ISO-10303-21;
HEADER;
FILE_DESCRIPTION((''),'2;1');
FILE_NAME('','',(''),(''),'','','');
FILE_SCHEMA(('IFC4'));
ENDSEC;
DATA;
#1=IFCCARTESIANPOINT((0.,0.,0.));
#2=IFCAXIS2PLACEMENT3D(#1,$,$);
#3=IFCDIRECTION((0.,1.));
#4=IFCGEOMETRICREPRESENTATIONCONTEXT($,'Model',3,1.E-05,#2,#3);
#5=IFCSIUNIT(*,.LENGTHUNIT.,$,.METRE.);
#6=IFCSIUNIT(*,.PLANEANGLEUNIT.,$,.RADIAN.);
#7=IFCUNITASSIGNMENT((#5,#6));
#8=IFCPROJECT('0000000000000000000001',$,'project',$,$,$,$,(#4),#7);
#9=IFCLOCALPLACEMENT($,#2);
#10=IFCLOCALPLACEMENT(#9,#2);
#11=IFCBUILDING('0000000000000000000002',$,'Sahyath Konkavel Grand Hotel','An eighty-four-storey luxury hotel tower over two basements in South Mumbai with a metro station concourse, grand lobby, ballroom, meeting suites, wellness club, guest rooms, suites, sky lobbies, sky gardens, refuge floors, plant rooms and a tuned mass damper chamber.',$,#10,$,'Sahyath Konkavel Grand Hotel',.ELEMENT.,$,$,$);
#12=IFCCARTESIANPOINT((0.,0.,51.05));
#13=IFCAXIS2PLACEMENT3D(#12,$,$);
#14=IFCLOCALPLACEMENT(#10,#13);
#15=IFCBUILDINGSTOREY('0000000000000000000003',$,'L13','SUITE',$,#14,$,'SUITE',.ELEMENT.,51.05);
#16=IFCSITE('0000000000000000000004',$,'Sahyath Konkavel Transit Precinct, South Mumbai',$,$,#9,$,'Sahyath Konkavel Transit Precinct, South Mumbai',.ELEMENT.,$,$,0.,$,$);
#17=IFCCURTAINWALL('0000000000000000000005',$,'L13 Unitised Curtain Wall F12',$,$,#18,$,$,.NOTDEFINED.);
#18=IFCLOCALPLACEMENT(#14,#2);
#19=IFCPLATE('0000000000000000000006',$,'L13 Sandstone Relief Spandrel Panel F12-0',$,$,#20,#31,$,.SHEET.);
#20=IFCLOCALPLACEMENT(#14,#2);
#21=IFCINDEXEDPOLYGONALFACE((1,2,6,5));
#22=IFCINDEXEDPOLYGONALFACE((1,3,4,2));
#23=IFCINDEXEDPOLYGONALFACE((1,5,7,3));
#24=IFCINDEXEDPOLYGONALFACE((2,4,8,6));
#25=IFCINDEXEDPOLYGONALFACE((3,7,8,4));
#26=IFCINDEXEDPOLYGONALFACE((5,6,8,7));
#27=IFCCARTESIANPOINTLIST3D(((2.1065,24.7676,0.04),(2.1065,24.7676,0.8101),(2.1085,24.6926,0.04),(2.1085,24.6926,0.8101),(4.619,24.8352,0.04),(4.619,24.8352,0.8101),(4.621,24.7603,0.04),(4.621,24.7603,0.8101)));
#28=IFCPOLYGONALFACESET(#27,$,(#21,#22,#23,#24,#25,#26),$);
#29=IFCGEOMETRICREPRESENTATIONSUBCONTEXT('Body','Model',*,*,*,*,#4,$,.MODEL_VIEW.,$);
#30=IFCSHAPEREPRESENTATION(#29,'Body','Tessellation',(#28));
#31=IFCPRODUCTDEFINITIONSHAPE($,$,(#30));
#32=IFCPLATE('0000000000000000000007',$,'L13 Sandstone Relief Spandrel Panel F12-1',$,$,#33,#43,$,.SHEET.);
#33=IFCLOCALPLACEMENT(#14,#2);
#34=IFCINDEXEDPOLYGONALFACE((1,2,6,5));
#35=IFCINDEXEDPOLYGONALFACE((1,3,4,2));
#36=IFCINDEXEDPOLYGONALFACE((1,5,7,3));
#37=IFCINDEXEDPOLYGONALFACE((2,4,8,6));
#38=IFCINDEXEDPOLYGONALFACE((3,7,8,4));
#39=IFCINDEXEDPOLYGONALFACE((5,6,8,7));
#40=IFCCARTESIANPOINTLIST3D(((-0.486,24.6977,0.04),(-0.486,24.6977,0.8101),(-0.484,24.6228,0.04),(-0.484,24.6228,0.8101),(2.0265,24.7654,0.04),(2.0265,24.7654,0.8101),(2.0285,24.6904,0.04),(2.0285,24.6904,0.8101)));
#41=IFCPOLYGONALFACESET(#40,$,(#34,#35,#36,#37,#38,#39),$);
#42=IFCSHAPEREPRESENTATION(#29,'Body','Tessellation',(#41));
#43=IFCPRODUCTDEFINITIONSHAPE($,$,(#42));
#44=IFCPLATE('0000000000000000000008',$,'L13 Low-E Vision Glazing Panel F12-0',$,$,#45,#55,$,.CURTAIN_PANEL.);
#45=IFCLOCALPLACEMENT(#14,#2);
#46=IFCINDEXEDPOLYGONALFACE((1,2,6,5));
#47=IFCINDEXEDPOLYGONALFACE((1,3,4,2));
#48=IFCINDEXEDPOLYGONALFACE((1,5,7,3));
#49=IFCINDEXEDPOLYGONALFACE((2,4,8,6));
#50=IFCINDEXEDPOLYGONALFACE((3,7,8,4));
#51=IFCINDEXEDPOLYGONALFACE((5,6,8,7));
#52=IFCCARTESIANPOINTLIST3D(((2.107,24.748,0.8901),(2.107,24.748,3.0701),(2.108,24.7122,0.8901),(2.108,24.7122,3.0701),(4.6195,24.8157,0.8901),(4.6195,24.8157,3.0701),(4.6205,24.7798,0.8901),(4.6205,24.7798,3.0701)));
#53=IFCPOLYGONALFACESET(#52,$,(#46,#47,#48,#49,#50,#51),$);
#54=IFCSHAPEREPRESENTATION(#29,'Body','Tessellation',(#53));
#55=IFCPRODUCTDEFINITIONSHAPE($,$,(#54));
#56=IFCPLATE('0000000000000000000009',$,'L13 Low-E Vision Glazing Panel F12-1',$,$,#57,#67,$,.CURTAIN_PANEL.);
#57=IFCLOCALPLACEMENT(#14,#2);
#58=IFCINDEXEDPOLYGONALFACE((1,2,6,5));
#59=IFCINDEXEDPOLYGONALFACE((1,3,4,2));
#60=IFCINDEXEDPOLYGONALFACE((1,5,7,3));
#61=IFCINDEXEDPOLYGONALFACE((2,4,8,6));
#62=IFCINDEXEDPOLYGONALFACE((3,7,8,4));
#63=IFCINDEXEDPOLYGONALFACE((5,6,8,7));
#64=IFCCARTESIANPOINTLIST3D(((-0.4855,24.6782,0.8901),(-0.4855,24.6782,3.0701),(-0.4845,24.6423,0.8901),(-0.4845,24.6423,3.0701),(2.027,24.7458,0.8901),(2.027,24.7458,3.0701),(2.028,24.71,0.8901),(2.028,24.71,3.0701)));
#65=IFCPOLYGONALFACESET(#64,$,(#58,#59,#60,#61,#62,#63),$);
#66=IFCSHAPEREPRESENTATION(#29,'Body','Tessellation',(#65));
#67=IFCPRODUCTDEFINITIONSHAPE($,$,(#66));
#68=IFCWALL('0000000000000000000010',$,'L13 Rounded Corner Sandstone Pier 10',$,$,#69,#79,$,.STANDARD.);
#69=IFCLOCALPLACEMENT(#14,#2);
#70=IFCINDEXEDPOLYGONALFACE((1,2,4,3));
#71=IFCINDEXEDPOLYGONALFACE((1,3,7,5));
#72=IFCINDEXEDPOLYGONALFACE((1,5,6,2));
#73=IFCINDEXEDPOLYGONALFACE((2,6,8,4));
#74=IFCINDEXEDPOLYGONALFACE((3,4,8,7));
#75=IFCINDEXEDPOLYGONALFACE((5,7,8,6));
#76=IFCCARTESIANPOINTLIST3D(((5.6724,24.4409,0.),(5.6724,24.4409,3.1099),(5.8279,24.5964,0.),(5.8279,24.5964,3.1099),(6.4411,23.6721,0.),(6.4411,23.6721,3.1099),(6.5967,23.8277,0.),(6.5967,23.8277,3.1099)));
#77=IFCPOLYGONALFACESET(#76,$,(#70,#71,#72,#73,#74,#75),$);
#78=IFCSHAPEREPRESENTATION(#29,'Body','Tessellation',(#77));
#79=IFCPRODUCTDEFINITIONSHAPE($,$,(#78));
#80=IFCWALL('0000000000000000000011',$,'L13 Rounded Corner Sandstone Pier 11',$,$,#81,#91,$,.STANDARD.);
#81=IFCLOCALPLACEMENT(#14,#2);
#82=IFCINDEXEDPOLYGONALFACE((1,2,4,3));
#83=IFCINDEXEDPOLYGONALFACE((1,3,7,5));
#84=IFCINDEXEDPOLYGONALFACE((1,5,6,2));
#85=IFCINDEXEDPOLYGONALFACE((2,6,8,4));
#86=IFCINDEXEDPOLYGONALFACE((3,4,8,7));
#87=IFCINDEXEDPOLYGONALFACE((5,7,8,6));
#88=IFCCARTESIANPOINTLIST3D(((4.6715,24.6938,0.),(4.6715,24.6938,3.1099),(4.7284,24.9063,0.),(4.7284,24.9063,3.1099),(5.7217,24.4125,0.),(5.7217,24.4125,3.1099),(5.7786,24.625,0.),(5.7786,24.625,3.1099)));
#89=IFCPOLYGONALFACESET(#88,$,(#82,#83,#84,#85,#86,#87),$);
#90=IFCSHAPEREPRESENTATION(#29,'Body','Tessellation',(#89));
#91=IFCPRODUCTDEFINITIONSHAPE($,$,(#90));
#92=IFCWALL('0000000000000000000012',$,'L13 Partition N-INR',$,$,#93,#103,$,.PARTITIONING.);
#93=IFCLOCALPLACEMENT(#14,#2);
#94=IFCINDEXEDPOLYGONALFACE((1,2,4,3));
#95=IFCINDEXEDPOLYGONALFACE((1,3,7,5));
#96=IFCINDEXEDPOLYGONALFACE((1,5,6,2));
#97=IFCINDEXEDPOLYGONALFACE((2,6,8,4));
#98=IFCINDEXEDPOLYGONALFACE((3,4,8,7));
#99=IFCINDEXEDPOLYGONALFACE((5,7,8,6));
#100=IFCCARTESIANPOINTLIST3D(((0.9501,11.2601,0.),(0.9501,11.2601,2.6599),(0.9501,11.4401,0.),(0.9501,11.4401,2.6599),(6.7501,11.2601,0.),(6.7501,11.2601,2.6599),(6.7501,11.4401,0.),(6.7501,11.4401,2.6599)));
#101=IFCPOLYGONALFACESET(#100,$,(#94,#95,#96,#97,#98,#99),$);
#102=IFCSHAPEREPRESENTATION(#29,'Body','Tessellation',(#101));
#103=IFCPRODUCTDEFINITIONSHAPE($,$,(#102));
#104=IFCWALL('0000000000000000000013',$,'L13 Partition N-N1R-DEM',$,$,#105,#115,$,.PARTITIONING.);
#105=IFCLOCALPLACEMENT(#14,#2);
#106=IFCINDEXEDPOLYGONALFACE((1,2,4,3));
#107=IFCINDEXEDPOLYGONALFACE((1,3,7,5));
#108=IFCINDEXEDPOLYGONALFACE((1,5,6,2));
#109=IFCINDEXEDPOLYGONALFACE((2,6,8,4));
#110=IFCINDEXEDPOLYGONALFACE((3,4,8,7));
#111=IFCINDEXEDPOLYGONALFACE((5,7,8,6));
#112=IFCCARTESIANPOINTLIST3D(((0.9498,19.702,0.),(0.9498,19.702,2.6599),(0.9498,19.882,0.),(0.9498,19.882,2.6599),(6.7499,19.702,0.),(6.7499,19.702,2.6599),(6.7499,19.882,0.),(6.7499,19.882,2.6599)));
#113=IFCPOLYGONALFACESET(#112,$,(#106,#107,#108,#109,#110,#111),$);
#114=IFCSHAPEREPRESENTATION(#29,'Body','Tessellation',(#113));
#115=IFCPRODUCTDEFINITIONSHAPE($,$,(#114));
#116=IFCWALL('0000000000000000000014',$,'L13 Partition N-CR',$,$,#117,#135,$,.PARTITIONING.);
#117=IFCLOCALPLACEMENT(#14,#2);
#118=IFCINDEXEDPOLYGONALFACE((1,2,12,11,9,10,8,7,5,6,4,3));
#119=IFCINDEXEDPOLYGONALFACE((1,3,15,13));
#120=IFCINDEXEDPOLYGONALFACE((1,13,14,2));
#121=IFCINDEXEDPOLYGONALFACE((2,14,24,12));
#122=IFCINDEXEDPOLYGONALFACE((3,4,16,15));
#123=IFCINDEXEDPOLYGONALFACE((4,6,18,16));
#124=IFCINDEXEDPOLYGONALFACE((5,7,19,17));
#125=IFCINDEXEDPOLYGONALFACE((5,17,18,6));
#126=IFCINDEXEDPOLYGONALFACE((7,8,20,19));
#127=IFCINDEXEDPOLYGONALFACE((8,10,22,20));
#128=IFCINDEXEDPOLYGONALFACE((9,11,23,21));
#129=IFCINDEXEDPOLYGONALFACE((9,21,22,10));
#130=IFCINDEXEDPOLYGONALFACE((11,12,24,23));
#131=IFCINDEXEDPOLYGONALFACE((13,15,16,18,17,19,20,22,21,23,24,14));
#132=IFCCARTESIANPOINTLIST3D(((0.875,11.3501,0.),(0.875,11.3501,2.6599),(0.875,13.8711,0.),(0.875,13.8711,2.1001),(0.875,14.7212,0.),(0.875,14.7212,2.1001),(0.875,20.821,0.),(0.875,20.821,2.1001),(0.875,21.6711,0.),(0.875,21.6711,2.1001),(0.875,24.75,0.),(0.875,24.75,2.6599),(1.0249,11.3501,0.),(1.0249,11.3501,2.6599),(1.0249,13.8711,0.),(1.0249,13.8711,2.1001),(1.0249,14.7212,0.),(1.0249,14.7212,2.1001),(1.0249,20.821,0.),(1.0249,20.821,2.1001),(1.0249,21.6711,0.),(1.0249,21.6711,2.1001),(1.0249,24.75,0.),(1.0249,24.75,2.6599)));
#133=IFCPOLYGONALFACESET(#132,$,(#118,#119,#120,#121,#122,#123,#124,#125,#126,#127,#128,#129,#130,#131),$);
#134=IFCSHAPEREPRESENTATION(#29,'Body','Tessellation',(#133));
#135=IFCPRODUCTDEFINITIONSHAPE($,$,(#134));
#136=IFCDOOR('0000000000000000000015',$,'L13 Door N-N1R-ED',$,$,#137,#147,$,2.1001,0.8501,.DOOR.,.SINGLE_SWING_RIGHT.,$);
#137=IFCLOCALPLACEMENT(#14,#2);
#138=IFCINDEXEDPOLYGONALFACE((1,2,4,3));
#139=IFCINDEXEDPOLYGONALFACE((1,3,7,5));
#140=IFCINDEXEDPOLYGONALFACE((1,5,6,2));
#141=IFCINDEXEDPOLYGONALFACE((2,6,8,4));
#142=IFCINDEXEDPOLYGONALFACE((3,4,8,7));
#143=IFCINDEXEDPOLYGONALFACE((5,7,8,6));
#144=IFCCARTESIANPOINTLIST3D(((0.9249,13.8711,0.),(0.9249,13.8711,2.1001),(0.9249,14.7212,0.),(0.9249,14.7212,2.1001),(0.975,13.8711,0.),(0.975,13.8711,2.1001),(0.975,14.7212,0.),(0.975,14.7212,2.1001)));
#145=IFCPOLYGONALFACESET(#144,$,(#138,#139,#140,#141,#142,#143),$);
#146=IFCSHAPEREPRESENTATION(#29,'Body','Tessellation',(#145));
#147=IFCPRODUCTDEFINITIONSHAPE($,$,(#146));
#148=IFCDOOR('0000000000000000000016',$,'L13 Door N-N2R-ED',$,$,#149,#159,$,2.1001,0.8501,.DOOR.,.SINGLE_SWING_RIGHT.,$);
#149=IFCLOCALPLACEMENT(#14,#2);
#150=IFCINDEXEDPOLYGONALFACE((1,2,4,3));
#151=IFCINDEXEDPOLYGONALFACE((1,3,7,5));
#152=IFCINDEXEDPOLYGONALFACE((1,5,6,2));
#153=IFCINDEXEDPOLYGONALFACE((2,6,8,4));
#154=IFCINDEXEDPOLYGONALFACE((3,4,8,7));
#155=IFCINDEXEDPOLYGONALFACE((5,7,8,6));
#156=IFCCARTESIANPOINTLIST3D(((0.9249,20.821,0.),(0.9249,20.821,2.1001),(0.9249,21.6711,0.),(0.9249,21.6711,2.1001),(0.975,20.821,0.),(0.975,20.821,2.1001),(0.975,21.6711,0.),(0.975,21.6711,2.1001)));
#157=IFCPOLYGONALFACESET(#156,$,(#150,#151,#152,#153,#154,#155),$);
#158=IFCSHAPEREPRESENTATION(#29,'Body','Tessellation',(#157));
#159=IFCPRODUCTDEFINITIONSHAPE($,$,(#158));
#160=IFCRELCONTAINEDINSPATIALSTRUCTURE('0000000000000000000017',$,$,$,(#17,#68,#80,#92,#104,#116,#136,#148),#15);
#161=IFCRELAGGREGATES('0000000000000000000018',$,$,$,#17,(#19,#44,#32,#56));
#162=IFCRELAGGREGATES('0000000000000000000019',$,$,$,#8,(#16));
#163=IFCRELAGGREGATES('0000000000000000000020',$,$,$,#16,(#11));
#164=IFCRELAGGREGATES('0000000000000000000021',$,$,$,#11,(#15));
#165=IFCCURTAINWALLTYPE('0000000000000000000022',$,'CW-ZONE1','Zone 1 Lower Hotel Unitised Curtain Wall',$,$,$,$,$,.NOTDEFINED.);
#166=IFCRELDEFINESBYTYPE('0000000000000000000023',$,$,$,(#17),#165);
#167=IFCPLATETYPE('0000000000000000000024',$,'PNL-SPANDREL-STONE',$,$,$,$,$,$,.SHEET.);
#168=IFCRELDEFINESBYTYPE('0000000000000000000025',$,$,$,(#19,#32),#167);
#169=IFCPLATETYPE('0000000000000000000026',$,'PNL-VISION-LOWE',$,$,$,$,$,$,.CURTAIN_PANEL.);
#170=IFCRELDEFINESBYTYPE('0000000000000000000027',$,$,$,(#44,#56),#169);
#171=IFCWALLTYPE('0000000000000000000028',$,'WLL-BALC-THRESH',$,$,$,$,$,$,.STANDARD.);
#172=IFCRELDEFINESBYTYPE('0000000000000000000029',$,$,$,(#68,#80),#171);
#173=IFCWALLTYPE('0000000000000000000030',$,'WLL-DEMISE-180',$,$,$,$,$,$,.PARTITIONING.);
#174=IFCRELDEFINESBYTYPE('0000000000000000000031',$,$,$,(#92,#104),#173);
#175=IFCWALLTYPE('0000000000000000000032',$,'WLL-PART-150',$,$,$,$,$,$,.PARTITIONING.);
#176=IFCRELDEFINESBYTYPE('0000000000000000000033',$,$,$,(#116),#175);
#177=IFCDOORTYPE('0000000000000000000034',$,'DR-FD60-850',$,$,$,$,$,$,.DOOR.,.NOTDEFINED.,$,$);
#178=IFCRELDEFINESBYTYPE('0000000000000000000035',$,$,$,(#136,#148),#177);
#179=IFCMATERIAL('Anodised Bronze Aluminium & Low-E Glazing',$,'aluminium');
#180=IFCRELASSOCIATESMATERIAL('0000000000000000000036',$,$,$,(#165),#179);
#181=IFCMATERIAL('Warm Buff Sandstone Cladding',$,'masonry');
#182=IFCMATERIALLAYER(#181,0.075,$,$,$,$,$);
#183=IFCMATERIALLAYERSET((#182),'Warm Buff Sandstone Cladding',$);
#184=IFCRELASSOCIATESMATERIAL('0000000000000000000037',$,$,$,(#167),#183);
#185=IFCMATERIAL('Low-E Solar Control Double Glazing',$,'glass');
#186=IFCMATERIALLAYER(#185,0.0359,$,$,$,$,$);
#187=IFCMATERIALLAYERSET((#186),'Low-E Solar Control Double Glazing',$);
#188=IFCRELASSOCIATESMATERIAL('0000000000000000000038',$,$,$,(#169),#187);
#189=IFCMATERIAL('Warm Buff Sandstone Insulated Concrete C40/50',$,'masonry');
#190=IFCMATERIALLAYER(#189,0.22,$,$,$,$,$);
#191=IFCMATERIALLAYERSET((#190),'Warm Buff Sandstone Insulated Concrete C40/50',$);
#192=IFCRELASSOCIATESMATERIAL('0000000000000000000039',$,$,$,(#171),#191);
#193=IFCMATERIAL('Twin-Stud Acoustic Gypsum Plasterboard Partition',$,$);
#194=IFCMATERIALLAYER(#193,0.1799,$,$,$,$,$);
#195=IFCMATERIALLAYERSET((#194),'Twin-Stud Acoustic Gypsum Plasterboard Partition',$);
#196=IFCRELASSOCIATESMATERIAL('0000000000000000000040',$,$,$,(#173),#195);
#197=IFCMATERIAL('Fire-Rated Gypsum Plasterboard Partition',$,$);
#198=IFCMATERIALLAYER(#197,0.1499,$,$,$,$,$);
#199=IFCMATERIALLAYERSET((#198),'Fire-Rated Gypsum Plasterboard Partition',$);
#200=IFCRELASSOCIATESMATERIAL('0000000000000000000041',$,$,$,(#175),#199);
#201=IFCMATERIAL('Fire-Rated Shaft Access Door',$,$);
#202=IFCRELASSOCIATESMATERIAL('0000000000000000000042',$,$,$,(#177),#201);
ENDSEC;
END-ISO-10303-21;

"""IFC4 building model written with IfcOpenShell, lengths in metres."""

from ifc_helpers import new_model, si_unit, direction, frame, frame_2d, origin, origin_2d, place, context, subcontext, project, spatial, rectangle, extrude, source, transform, mapped, material, layer, layer_set, type_object, element, fill, aggregate, save


model = new_model("IFC4")

# Units and contexts
model_context = context("Model", 3, precision=1e-05, world=origin(), true_north=direction((0.0, 1.0)))
body_context = subcontext(model_context, "Body", "Model", "MODEL_VIEW")
ifc_project = project(units=[si_unit("LENGTHUNIT", "METRE"), si_unit("PLANEANGLEUNIT", "RADIAN")], contexts=[model_context])

# Site, building, storey
site_placement = place(None, origin())
site = spatial("IfcSite", under=ifc_project, at=site_placement, Name="Sahyath Konkavel Transit Precinct, South Mumbai", LongName="Sahyath Konkavel Transit Precinct, South Mumbai", CompositionType="ELEMENT", RefElevation=0.0)
building_placement = place(site_placement, origin())
building = spatial("IfcBuilding", under=site, at=building_placement, Name="Sahyath Konkavel Grand Hotel", Description="An eighty-four-storey luxury hotel tower over two basements in South Mumbai with a metro station concourse, grand lobby, ballroom, meeting suites, wellness club, guest rooms, suites, sky lobbies, sky gardens, refuge floors, plant rooms and a tuned mass damper chamber.", LongName="Sahyath Konkavel Grand Hotel", CompositionType="ELEMENT")
storey_placement = place(building_placement, frame((0.0, 0.0, 51.05)))
storey = spatial("IfcBuildingStorey", under=building, at=storey_placement, Name="L13", Description="SUITE", LongName="SUITE", CompositionType="ELEMENT", Elevation=51.05)

# Curtain wall, plates
ifc_material_1 = material(Name="Anodised Bronze Aluminium & Low-E Glazing", Category="aluminium")
curtain_wall_type = type_object("IfcCurtainWallType", Name="CW-ZONE1", Description="Zone 1 Lower Hotel Unitised Curtain Wall", PredefinedType="NOTDEFINED", material=ifc_material_1)
curtain_wall_placement = place(storey_placement, origin())
curtain_wall = element("IfcCurtainWall", 1, at=curtain_wall_placement, inside=storey, type_object=curtain_wall_type, Name="L13 Unitised Curtain Wall F12", PredefinedType="NOTDEFINED")
ifc_material_2 = material(Name="Warm Buff Sandstone Cladding", Category="masonry")
ifc_layer_1 = layer(ifc_material_2, 0.075)
ifc_layer_set_1 = layer_set([ifc_layer_1], Name="Warm Buff Sandstone Cladding")
plate_type_1 = type_object("IfcPlateType", Name="PNL-SPANDREL-STONE", PredefinedType="SHEET", material=ifc_layer_set_1)
shared_shape_1 = source(origin(), body_context, "Body", "SweptSolid", [
    extrude(rectangle(XDim=2.5134, YDim=0.075, at=origin_2d()), origin(), (0.0, 0.0, 1.0), 0.77),
])
plate_1_placement = place(storey_placement, frame((3.3638, 24.7639, 0.04), z_axis=(0.0, 0.0, 1.0), x_axis=(-0.999638, -0.02691, 0.0)))
plate_1 = element("IfcPlate", 2, at=plate_1_placement, type_object=plate_type_1, Name="L13 Sandstone Relief Spandrel Panel F12-0", PredefinedType="SHEET", context=body_context, shape_type="MappedRepresentation", body=[
    mapped(shared_shape_1, transform((0.0, 0.0, 0.0), scale=1.0)),
])
plate_2_placement = place(storey_placement, frame((0.7712, 24.6941, 0.04), z_axis=(0.0, 0.0, 1.0), x_axis=(-0.999638, -0.02691, 0.0)))
plate_2 = element("IfcPlate", 3, at=plate_2_placement, type_object=plate_type_1, Name="L13 Sandstone Relief Spandrel Panel F12-1", PredefinedType="SHEET", context=body_context, shape_type="MappedRepresentation", body=[
    mapped(shared_shape_1, transform((0.0, 0.0, 0.0), scale=1.0)),
])
ifc_material_3 = material(Name="Low-E Solar Control Double Glazing", Category="glass")
ifc_layer_2 = layer(ifc_material_3, 0.0359)
ifc_layer_set_2 = layer_set([ifc_layer_2], Name="Low-E Solar Control Double Glazing")
plate_type_2 = type_object("IfcPlateType", Name="PNL-VISION-LOWE", PredefinedType="CURTAIN_PANEL", material=ifc_layer_set_2)
shared_shape_2 = source(origin(), body_context, "Body", "SweptSolid", [
    extrude(rectangle(XDim=2.5134, YDim=0.0359, at=origin_2d()), origin(), (0.0, 0.0, 1.0), 2.1799),
])
plate_3_placement = place(storey_placement, frame((3.3638, 24.7639, 0.8901), z_axis=(0.0, 0.0, 1.0), x_axis=(-0.999638, -0.02691, 0.0)))
plate_3 = element("IfcPlate", 4, at=plate_3_placement, type_object=plate_type_2, Name="L13 Low-E Vision Glazing Panel F12-0", PredefinedType="CURTAIN_PANEL", context=body_context, shape_type="MappedRepresentation", body=[
    mapped(shared_shape_2, transform((0.0, 0.0, 0.0), scale=1.0)),
])
plate_4_placement = place(storey_placement, frame((0.7712, 24.6941, 0.8901), z_axis=(0.0, 0.0, 1.0), x_axis=(-0.999638, -0.02691, 0.0)))
plate_4 = element("IfcPlate", 5, at=plate_4_placement, type_object=plate_type_2, Name="L13 Low-E Vision Glazing Panel F12-1", PredefinedType="CURTAIN_PANEL", context=body_context, shape_type="MappedRepresentation", body=[
    mapped(shared_shape_2, transform((0.0, 0.0, 0.0), scale=1.0)),
])
aggregate(curtain_wall, [plate_1, plate_3, plate_2, plate_4])

# Walls
ifc_material_4 = material(Name="Warm Buff Sandstone Insulated Concrete C40/50", Category="masonry")
ifc_layer_3 = layer(ifc_material_4, 0.22)
ifc_layer_set_3 = layer_set([ifc_layer_3], Name="Warm Buff Sandstone Insulated Concrete C40/50")
wall_type_1 = type_object("IfcWallType", Name="WLL-BALC-THRESH", PredefinedType="STANDARD", material=ifc_layer_set_3)
for number, where, z_axis, x_axis, name in (
    (6, (6.5188, 23.75, 0.0), (0.0, 0.0, 1.0), (-0.707107, 0.707107, 0.0), "L13 Rounded Corner Sandstone Pier 10"),
    (7, (5.75, 24.5188, 0.0), (0.0, 0.0, 1.0), (-0.965951, 0.258725, 0.0), "L13 Rounded Corner Sandstone Pier 11"),
):
    element("IfcWall", number, at=place(storey_placement, frame(where, z_axis=z_axis, x_axis=x_axis)), inside=storey, type_object=wall_type_1, Name=name, PredefinedType="STANDARD", context=body_context, shape_type="SweptSolid", body=[
        extrude(rectangle(XDim=1.0872, YDim=0.22, at=frame_2d((0.5435, 0.0))), origin(), (0.0, 0.0, 1.0), 3.1099),
    ])
ifc_material_5 = material(Name="Twin-Stud Acoustic Gypsum Plasterboard Partition")
ifc_layer_4 = layer(ifc_material_5, 0.1799)
ifc_layer_set_4 = layer_set([ifc_layer_4], Name="Twin-Stud Acoustic Gypsum Plasterboard Partition")
wall_type_2 = type_object("IfcWallType", Name="WLL-DEMISE-180", PredefinedType="PARTITIONING", material=ifc_layer_set_4)
for number, where, z_axis, x_axis, name in (
    (8, (6.75, 11.3501, 0.0), (0.0, 0.0, 1.0), (-1.0, 0.0, 0.0), "L13 Partition N-INR"),
    (9, (0.95, 19.792, 0.0), (0.0, 0.0, 1.0), (1.0, 0.0, 0.0), "L13 Partition N-N1R-DEM"),
):
    element("IfcWall", number, at=place(storey_placement, frame(where, z_axis=z_axis, x_axis=x_axis)), inside=storey, type_object=wall_type_2, Name=name, PredefinedType="PARTITIONING", context=body_context, shape_type="SweptSolid", body=[
        extrude(rectangle(XDim=5.8, YDim=0.1799, at=frame_2d((2.8999, 0.0))), origin(), (0.0, 0.0, 1.0), 2.6599),
    ])

# Wall, openings, doors
ifc_material_6 = material(Name="Fire-Rated Gypsum Plasterboard Partition")
ifc_layer_5 = layer(ifc_material_6, 0.1499)
ifc_layer_set_5 = layer_set([ifc_layer_5], Name="Fire-Rated Gypsum Plasterboard Partition")
wall_type_3 = type_object("IfcWallType", Name="WLL-PART-150", PredefinedType="PARTITIONING", material=ifc_layer_set_5)
wall_1_placement = place(storey_placement, frame((0.95, 11.3501, 0.0), z_axis=(0.0, 0.0, 1.0), x_axis=(0.0, 1.0, 0.0)))
wall_1 = element("IfcWall", 10, at=wall_1_placement, inside=storey, type_object=wall_type_3, Name="L13 Partition N-CR", PredefinedType="PARTITIONING", context=body_context, shape_type="SweptSolid", body=[
    extrude(rectangle(XDim=13.3999, YDim=0.1499, at=frame_2d((6.7, 0.0))), origin(), (0.0, 0.0, 1.0), 2.6599),
])
opening_1_placement = place(wall_1_placement, frame((2.521, 0.0, 0.0)))
opening_1 = element("IfcOpeningElement", 11, at=opening_1_placement, cuts=wall_1, PredefinedType="OPENING", context=body_context, shape_type="SweptSolid", body=[
    extrude(rectangle(XDim=0.8501, YDim=2.1001, at=frame_2d((0.425, 1.05))), frame((0.0, 0.085, 0.0), z_axis=(0.0, -1.0, 0.0), x_axis=(1.0, 0.0, 0.0)), (0.0, 0.0, 1.0), 0.1699),
])
opening_2_placement = place(wall_1_placement, frame((9.4709, 0.0, 0.0)))
opening_2 = element("IfcOpeningElement", 12, at=opening_2_placement, cuts=wall_1, PredefinedType="OPENING", context=body_context, shape_type="SweptSolid", body=[
    extrude(rectangle(XDim=0.8501, YDim=2.1001, at=frame_2d((0.425, 1.05))), frame((0.0, 0.085, 0.0), z_axis=(0.0, -1.0, 0.0), x_axis=(1.0, 0.0, 0.0)), (0.0, 0.0, 1.0), 0.1699),
])
ifc_material_7 = material(Name="Fire-Rated Shaft Access Door")
door_type_1 = type_object("IfcDoorType", Name="DR-FD60-850", OperationType="NOTDEFINED", PredefinedType="DOOR", material=ifc_material_7)
shared_shape_3 = source(origin(), body_context, "Body", "SweptSolid", [
    extrude(rectangle(XDim=0.8501, YDim=0.05, at=origin_2d()), origin(), (0.0, 0.0, 1.0), 2.1001),
])
door_1_placement = place(opening_1_placement, frame((0.425, 0.0, 0.0)))
door_1 = element("IfcDoor", 13, at=door_1_placement, inside=storey, type_object=door_type_1, Name="L13 Door N-N1R-ED", OperationType="SINGLE_SWING_RIGHT", OverallHeight=2.1001, OverallWidth=0.8501, PredefinedType="DOOR", context=body_context, shape_type="MappedRepresentation", body=[
    mapped(shared_shape_3, transform((0.0, 0.0, 0.0), scale=1.0)),
])
fill(opening_1, door_1)
door_2_placement = place(opening_2_placement, frame((0.425, 0.0, 0.0)))
door_2 = element("IfcDoor", 14, at=door_2_placement, inside=storey, type_object=door_type_1, Name="L13 Door N-N2R-ED", OperationType="SINGLE_SWING_RIGHT", OverallHeight=2.1001, OverallWidth=0.8501, PredefinedType="DOOR", context=body_context, shape_type="MappedRepresentation", body=[
    mapped(shared_shape_3, transform((0.0, 0.0, 0.0), scale=1.0)),
])
fill(opening_2, door_2)

save(model, "model.ifc")
